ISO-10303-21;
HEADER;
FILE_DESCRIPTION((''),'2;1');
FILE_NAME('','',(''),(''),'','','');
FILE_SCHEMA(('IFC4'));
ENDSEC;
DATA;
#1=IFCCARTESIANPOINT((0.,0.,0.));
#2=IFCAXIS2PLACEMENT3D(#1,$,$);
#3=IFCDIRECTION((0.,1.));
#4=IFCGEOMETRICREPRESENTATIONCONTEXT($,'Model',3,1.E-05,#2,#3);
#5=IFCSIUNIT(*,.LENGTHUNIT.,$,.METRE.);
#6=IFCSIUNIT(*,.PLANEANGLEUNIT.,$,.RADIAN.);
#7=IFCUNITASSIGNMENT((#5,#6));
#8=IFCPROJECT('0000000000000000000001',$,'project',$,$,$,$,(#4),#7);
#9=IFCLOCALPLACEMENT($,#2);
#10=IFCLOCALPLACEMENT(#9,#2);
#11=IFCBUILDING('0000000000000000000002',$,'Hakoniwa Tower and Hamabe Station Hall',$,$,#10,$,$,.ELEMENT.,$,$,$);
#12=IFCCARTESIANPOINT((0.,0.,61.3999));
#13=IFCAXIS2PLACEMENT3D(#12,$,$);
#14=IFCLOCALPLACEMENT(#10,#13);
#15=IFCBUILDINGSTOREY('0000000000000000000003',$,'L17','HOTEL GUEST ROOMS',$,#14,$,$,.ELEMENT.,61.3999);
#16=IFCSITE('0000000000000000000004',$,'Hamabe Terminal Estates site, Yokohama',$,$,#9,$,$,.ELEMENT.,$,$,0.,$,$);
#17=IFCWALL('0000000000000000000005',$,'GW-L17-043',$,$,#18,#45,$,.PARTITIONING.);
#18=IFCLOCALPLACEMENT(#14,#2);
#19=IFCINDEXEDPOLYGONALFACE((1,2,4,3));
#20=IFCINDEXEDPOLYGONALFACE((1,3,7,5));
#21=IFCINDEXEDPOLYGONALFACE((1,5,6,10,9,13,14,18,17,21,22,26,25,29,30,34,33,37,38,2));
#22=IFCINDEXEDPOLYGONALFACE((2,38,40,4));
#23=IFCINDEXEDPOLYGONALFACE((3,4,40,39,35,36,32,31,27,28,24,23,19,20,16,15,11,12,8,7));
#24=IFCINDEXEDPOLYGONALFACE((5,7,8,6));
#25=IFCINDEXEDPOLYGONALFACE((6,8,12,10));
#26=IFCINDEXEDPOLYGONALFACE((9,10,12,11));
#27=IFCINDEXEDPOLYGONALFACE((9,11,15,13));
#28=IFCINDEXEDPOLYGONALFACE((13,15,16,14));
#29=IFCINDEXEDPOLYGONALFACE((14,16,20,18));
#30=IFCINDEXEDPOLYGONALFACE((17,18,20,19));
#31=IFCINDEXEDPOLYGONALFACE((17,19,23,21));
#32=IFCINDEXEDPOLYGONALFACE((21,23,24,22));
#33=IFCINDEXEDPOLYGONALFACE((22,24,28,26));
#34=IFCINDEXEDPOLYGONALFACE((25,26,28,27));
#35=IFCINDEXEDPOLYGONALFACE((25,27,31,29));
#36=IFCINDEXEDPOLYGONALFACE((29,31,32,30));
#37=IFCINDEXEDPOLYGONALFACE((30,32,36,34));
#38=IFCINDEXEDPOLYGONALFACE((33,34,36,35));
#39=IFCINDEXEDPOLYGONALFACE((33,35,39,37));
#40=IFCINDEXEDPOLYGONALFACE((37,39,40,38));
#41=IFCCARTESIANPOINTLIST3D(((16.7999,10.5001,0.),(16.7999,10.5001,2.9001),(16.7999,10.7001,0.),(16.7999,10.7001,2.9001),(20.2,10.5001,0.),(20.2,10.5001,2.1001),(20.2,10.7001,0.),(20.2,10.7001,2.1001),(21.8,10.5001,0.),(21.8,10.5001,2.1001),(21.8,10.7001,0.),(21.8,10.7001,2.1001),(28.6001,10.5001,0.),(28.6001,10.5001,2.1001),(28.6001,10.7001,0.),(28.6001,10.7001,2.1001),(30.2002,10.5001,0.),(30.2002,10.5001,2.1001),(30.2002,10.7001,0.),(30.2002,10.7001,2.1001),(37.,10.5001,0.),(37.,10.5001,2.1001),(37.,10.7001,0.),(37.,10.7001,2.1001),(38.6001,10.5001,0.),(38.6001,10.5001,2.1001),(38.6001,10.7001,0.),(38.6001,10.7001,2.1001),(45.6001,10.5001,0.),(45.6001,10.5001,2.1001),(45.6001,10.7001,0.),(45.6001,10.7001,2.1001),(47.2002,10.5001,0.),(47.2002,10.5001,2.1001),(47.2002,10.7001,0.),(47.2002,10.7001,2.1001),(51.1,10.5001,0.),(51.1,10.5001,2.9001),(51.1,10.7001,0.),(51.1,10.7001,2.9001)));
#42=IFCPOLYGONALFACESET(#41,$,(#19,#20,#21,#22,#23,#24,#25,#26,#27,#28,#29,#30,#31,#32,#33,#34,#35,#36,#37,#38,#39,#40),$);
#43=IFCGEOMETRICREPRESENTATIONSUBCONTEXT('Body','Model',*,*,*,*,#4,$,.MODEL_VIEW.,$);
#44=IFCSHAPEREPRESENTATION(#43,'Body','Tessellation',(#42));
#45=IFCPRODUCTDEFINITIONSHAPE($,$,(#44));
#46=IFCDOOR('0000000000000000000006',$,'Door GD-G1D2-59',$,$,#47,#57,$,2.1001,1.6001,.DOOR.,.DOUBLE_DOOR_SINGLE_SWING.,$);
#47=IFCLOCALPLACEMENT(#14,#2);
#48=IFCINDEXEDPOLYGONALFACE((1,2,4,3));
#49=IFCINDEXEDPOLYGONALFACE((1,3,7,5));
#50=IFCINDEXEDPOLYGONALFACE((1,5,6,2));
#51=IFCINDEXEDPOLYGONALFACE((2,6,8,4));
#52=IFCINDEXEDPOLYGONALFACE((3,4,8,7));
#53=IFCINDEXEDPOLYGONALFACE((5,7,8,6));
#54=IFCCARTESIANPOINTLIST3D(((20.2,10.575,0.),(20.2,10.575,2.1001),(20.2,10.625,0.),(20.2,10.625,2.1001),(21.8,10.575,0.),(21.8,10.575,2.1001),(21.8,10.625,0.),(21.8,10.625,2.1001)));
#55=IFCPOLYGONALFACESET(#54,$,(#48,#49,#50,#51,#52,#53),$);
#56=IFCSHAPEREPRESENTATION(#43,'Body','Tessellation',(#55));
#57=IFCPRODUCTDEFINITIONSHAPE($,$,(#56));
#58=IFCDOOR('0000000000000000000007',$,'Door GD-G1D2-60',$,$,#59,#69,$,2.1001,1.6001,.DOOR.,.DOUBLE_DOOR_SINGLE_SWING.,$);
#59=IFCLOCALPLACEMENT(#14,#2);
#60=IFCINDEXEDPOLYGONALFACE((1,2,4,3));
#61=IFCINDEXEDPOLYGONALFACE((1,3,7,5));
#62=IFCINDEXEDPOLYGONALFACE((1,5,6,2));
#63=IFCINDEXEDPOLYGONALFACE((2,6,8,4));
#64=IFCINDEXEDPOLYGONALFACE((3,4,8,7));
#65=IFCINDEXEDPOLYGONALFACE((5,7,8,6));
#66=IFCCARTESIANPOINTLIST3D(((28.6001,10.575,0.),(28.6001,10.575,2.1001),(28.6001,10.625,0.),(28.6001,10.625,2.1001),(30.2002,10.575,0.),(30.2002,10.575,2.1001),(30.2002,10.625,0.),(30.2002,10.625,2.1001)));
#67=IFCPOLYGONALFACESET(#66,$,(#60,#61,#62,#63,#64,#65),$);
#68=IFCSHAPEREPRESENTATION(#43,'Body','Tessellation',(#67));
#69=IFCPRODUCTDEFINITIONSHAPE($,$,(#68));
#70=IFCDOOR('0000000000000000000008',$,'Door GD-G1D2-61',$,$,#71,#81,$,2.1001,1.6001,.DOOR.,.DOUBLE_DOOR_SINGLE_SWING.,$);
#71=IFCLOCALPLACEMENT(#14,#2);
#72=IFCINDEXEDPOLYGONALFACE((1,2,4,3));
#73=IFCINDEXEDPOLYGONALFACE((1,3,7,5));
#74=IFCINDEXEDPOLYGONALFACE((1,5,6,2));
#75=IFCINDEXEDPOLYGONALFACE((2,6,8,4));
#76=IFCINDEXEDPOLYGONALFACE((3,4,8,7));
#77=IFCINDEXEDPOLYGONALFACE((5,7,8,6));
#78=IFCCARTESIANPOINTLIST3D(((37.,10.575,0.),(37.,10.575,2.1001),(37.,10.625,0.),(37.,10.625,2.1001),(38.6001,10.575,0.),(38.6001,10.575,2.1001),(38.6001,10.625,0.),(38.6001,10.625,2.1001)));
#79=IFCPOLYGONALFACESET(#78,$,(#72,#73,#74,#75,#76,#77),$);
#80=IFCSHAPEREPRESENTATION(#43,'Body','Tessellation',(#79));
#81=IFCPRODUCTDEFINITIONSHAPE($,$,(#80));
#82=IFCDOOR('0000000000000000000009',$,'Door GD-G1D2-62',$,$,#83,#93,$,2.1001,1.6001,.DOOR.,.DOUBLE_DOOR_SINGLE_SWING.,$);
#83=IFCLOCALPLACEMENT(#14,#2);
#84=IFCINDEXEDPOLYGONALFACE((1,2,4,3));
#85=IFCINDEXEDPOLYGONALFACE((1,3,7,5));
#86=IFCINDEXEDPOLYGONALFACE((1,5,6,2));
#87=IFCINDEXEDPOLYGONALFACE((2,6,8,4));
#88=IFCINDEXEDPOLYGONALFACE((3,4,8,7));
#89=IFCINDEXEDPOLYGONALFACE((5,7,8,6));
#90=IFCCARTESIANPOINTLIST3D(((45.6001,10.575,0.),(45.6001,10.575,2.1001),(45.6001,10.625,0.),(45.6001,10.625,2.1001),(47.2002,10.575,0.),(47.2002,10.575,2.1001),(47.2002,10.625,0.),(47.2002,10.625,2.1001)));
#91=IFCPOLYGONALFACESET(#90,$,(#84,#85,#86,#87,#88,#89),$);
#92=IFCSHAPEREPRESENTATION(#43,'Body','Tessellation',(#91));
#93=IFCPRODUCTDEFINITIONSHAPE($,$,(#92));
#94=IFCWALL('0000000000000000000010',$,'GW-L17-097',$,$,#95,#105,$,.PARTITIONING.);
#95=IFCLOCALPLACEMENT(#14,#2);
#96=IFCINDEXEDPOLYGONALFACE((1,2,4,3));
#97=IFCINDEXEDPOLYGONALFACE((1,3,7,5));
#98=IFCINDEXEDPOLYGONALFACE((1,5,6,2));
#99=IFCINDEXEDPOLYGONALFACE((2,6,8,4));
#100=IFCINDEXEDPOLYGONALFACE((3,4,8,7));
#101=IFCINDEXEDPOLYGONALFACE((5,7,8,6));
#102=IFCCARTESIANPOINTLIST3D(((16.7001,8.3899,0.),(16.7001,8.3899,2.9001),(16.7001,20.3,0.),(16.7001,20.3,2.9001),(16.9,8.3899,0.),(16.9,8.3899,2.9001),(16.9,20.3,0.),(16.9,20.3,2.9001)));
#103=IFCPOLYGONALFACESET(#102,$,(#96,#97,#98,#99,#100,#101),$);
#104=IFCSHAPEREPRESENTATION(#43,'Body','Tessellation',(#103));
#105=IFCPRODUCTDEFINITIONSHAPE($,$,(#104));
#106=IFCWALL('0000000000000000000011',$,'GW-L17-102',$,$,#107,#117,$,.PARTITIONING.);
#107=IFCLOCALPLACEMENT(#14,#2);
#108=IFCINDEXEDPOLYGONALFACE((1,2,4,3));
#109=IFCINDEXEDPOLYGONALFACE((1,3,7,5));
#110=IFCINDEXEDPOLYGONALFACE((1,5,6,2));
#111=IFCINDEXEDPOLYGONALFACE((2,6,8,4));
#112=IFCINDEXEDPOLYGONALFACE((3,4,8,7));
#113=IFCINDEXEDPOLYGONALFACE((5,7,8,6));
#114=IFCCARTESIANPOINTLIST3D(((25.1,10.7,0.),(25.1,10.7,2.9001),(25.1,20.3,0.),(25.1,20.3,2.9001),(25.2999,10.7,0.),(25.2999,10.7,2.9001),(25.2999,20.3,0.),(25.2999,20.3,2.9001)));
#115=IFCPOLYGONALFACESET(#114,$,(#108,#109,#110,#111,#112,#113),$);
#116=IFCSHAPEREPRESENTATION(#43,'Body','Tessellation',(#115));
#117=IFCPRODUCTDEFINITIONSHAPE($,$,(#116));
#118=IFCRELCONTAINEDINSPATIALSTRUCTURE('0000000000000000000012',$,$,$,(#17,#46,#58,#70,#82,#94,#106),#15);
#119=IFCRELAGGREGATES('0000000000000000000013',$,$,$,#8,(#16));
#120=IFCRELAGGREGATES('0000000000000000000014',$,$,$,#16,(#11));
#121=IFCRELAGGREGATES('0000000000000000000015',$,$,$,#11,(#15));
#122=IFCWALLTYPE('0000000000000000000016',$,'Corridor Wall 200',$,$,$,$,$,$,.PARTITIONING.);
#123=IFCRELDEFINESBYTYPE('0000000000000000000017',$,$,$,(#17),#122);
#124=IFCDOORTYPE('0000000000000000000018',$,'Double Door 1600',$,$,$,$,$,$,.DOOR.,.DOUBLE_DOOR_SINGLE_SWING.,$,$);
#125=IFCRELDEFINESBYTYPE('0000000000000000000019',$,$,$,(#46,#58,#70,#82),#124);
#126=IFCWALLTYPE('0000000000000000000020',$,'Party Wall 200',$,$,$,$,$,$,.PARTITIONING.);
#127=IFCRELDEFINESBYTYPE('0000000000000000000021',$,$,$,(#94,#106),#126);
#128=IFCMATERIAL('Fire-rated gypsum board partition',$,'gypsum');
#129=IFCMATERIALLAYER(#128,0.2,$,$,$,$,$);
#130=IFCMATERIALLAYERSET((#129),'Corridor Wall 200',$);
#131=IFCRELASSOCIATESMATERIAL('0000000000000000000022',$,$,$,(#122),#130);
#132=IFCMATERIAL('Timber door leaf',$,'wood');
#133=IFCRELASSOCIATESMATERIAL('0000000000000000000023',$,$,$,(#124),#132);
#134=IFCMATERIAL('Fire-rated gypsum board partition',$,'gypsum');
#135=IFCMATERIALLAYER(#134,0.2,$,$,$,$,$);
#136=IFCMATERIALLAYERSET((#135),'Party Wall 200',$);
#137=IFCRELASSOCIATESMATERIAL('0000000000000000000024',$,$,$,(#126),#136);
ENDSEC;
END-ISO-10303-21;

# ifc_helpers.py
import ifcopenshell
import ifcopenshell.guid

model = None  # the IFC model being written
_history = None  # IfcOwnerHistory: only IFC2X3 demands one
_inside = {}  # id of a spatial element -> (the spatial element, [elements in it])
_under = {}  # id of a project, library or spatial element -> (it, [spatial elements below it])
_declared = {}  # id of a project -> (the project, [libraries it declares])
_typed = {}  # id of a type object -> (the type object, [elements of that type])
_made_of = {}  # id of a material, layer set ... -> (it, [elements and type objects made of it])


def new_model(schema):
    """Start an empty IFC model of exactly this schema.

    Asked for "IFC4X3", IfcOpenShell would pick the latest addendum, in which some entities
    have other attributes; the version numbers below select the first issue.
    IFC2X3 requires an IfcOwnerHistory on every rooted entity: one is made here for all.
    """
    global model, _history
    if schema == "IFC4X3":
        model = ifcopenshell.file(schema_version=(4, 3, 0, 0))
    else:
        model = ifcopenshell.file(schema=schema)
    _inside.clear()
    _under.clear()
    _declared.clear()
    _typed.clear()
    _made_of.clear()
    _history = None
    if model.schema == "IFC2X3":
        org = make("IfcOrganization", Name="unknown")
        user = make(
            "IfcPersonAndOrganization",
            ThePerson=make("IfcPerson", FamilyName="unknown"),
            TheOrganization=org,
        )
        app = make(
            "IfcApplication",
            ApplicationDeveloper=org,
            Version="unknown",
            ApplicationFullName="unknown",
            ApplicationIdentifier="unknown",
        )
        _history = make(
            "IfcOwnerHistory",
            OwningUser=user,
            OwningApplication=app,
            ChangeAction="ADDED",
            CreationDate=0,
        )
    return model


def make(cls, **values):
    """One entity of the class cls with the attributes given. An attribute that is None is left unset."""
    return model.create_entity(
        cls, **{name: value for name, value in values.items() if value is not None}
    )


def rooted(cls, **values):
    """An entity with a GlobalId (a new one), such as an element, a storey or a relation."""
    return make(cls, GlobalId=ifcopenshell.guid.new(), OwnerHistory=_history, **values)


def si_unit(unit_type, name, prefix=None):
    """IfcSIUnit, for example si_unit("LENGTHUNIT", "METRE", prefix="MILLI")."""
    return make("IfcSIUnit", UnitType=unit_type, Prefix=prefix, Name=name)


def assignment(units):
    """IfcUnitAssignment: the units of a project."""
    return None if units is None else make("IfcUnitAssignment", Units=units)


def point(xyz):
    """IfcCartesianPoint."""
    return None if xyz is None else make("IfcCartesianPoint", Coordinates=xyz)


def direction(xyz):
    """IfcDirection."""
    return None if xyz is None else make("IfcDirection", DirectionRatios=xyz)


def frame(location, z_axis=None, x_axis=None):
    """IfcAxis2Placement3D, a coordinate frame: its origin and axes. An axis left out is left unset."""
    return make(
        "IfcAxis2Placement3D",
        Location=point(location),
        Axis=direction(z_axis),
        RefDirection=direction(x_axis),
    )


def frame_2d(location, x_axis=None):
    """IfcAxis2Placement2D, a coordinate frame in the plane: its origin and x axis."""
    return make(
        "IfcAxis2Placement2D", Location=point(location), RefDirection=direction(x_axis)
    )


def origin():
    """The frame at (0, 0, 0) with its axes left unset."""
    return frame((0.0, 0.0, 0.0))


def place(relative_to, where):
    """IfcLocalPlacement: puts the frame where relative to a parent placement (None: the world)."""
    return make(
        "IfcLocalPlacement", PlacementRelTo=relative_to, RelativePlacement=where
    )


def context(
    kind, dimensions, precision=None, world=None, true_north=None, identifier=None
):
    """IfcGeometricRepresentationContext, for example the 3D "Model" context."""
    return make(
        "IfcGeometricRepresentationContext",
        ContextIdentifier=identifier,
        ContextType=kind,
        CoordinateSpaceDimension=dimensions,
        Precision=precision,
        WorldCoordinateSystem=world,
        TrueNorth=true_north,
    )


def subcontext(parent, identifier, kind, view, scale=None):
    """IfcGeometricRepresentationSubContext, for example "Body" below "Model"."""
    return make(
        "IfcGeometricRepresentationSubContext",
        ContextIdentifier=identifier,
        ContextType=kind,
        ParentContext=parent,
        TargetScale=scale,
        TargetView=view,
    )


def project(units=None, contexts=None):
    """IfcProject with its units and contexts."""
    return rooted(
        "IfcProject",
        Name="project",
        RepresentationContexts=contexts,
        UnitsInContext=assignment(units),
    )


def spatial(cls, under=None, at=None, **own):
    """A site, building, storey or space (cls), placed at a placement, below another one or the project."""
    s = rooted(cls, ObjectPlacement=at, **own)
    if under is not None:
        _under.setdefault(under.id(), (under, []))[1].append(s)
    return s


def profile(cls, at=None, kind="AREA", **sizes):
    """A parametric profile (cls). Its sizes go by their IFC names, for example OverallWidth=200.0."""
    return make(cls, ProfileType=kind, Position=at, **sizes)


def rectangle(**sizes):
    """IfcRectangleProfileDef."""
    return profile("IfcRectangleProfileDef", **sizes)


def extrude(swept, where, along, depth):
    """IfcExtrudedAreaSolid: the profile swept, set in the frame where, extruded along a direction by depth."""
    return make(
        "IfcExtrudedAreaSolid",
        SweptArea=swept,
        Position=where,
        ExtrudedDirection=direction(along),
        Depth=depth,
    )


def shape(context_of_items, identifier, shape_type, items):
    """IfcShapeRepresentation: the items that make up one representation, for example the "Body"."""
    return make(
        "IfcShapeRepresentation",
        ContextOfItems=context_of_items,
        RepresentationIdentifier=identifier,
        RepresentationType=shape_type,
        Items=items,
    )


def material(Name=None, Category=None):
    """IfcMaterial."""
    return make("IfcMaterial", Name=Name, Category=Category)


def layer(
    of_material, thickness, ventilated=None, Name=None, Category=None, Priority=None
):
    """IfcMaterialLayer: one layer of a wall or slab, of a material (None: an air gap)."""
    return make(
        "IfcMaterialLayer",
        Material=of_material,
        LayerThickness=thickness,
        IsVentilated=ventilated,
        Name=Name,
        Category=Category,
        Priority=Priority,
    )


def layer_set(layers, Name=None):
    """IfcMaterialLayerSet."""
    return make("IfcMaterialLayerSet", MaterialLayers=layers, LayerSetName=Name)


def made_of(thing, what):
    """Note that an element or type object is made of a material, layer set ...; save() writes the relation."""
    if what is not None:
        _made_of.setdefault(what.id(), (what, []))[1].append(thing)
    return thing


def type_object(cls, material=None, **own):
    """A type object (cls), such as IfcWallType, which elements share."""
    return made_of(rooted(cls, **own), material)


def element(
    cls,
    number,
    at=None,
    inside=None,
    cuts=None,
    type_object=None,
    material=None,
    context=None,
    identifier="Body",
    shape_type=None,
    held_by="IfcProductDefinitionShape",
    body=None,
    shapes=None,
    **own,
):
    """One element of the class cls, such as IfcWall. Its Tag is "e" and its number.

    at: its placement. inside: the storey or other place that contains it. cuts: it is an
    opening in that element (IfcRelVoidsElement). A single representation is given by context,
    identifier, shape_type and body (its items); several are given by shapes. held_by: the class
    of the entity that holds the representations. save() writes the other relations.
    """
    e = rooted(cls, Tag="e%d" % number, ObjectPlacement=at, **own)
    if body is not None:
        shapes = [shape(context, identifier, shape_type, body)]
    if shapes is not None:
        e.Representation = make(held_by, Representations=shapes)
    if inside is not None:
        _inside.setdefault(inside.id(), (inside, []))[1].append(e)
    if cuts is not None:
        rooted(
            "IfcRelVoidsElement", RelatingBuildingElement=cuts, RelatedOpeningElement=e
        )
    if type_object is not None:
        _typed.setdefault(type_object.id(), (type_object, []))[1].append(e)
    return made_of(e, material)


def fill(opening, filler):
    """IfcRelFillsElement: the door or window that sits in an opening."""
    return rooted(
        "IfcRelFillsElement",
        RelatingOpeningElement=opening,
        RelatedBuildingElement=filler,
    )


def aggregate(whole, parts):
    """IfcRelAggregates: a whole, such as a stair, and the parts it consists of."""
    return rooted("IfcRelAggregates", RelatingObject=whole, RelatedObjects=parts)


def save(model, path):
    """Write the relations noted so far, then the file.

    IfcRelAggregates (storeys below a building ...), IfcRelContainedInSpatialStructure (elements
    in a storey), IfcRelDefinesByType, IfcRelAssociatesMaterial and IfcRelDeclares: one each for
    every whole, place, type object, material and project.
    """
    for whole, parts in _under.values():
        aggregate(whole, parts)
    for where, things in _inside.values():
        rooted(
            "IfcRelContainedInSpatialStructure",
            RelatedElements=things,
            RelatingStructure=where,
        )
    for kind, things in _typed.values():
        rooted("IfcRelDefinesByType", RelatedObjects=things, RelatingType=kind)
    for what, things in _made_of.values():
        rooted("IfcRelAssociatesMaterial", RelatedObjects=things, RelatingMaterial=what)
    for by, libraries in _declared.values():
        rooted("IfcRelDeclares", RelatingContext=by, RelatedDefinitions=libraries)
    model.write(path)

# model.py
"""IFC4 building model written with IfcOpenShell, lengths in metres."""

from ifc_helpers import new_model, si_unit, direction, frame, frame_2d, origin, place, context, subcontext, project, spatial, rectangle, extrude, material, layer, layer_set, type_object, element, fill, save


model = new_model("IFC4")

# Units and contexts
model_context = context("Model", 3, precision=1e-05, world=origin(), true_north=direction((0.0, 1.0)))
body_context = subcontext(model_context, "Body", "Model", "MODEL_VIEW")
ifc_project = project(units=[si_unit("LENGTHUNIT", "METRE"), si_unit("PLANEANGLEUNIT", "RADIAN")], contexts=[model_context])

# Site, building, storey
site_placement = place(None, origin())
site = spatial("IfcSite", under=ifc_project, at=site_placement, Name="Hamabe Terminal Estates site, Yokohama", CompositionType="ELEMENT", RefElevation=0.0)
building_placement = place(site_placement, origin())
building = spatial("IfcBuilding", under=site, at=building_placement, Name="Hakoniwa Tower and Hamabe Station Hall", CompositionType="ELEMENT")
storey_placement = place(building_placement, frame((0.0, 0.0, 61.3999)))
storey = spatial("IfcBuildingStorey", under=building, at=storey_placement, Name="L17", Description="HOTEL GUEST ROOMS", CompositionType="ELEMENT", Elevation=61.3999)

# Wall, openings, doors
ifc_material_1 = material(Name="Fire-rated gypsum board partition", Category="gypsum")
ifc_layer_1 = layer(ifc_material_1, 0.2)
ifc_layer_set_1 = layer_set([ifc_layer_1], Name="Corridor Wall 200")
wall_type_1 = type_object("IfcWallType", Name="Corridor Wall 200", PredefinedType="PARTITIONING", material=ifc_layer_set_1)
wall_1_placement = place(storey_placement, frame((16.8, 10.6001, 0.0), z_axis=(0.0, 0.0, 1.0), x_axis=(1.0, 0.0, 0.0)))
wall_1 = element("IfcWall", 1, at=wall_1_placement, inside=storey, type_object=wall_type_1, Name="GW-L17-043", PredefinedType="PARTITIONING", context=body_context, shape_type="SweptSolid", body=[
    extrude(rectangle(XDim=34.3, YDim=0.2, at=frame_2d((17.1499, 0.0))), origin(), (0.0, 0.0, 1.0), 2.9001),
])
opening_1_placement = place(wall_1_placement, frame((3.3999, 0.0, 0.0)))
opening_1 = element("IfcOpeningElement", 2, at=opening_1_placement, cuts=wall_1, PredefinedType="OPENING", context=body_context, shape_type="SweptSolid", body=[
    extrude(rectangle(XDim=1.6001, YDim=2.1001, at=frame_2d((0.8, 1.05))), frame((0.0, 0.1099, 0.0), z_axis=(0.0, -1.0, 0.0), x_axis=(1.0, 0.0, 0.0)), (0.0, 0.0, 1.0), 0.22),
])
opening_2_placement = place(wall_1_placement, frame((11.8, 0.0, 0.0)))
opening_2 = element("IfcOpeningElement", 3, at=opening_2_placement, cuts=wall_1, PredefinedType="OPENING", context=body_context, shape_type="SweptSolid", body=[
    extrude(rectangle(XDim=1.6001, YDim=2.1001, at=frame_2d((0.8, 1.05))), frame((0.0, 0.1099, 0.0), z_axis=(0.0, -1.0, 0.0), x_axis=(1.0, 0.0, 0.0)), (0.0, 0.0, 1.0), 0.22),
])
opening_3_placement = place(wall_1_placement, frame((20.2, 0.0, 0.0)))
opening_3 = element("IfcOpeningElement", 4, at=opening_3_placement, cuts=wall_1, PredefinedType="OPENING", context=body_context, shape_type="SweptSolid", body=[
    extrude(rectangle(XDim=1.6001, YDim=2.1001, at=frame_2d((0.8, 1.05))), frame((0.0, 0.1099, 0.0), z_axis=(0.0, -1.0, 0.0), x_axis=(1.0, 0.0, 0.0)), (0.0, 0.0, 1.0), 0.22),
])
opening_4_placement = place(wall_1_placement, frame((28.8, 0.0, 0.0)))
opening_4 = element("IfcOpeningElement", 5, at=opening_4_placement, cuts=wall_1, PredefinedType="OPENING", context=body_context, shape_type="SweptSolid", body=[
    extrude(rectangle(XDim=1.6001, YDim=2.1001, at=frame_2d((0.8, 1.05))), frame((0.0, 0.1099, 0.0), z_axis=(0.0, -1.0, 0.0), x_axis=(1.0, 0.0, 0.0)), (0.0, 0.0, 1.0), 0.22),
])
ifc_material_2 = material(Name="Timber door leaf", Category="wood")
door_type_1 = type_object("IfcDoorType", Name="Double Door 1600", OperationType="DOUBLE_DOOR_SINGLE_SWING", PredefinedType="DOOR", material=ifc_material_2)
door_1_placement = place(opening_1_placement, origin())
door_1 = element("IfcDoor", 6, at=door_1_placement, inside=storey, type_object=door_type_1, Name="Door GD-G1D2-59", OperationType="DOUBLE_DOOR_SINGLE_SWING", OverallHeight=2.1001, OverallWidth=1.6001, PredefinedType="DOOR", context=body_context, shape_type="SweptSolid", body=[
    extrude(rectangle(XDim=1.6001, YDim=2.1001, at=frame_2d((0.8, 1.05))), frame((0.0, 0.0249, 0.0), z_axis=(0.0, -1.0, 0.0), x_axis=(1.0, 0.0, 0.0)), (0.0, 0.0, 1.0), 0.05),
])
fill(opening_1, door_1)
door_2_placement = place(opening_2_placement, origin())
door_2 = element("IfcDoor", 7, at=door_2_placement, inside=storey, type_object=door_type_1, Name="Door GD-G1D2-60", OperationType="DOUBLE_DOOR_SINGLE_SWING", OverallHeight=2.1001, OverallWidth=1.6001, PredefinedType="DOOR", context=body_context, shape_type="SweptSolid", body=[
    extrude(rectangle(XDim=1.6001, YDim=2.1001, at=frame_2d((0.8, 1.05))), frame((0.0, 0.0249, 0.0), z_axis=(0.0, -1.0, 0.0), x_axis=(1.0, 0.0, 0.0)), (0.0, 0.0, 1.0), 0.05),
])
fill(opening_2, door_2)
door_3_placement = place(opening_3_placement, origin())
door_3 = element("IfcDoor", 8, at=door_3_placement, inside=storey, type_object=door_type_1, Name="Door GD-G1D2-61", OperationType="DOUBLE_DOOR_SINGLE_SWING", OverallHeight=2.1001, OverallWidth=1.6001, PredefinedType="DOOR", context=body_context, shape_type="SweptSolid", body=[
    extrude(rectangle(XDim=1.6001, YDim=2.1001, at=frame_2d((0.8, 1.05))), frame((0.0, 0.0249, 0.0), z_axis=(0.0, -1.0, 0.0), x_axis=(1.0, 0.0, 0.0)), (0.0, 0.0, 1.0), 0.05),
])
fill(opening_3, door_3)
door_4_placement = place(opening_4_placement, origin())
door_4 = element("IfcDoor", 9, at=door_4_placement, inside=storey, type_object=door_type_1, Name="Door GD-G1D2-62", OperationType="DOUBLE_DOOR_SINGLE_SWING", OverallHeight=2.1001, OverallWidth=1.6001, PredefinedType="DOOR", context=body_context, shape_type="SweptSolid", body=[
    extrude(rectangle(XDim=1.6001, YDim=2.1001, at=frame_2d((0.8, 1.05))), frame((0.0, 0.0249, 0.0), z_axis=(0.0, -1.0, 0.0), x_axis=(1.0, 0.0, 0.0)), (0.0, 0.0, 1.0), 0.05),
])
fill(opening_4, door_4)

# Walls
ifc_material_3 = material(Name="Fire-rated gypsum board partition", Category="gypsum")
ifc_layer_2 = layer(ifc_material_3, 0.2)
ifc_layer_set_2 = layer_set([ifc_layer_2], Name="Party Wall 200")
wall_type_2 = type_object("IfcWallType", Name="Party Wall 200", PredefinedType="PARTITIONING", material=ifc_layer_set_2)
wall_2_placement = place(storey_placement, frame((16.8, 8.3899, 0.0), z_axis=(0.0, 0.0, 1.0), x_axis=(0.0, 1.0, 0.0)))
element("IfcWall", 10, at=wall_2_placement, inside=storey, type_object=wall_type_2, Name="GW-L17-097", PredefinedType="PARTITIONING", context=body_context, shape_type="SweptSolid", body=[
    extrude(rectangle(XDim=11.9102, YDim=0.2, at=frame_2d((5.9551, 0.0))), origin(), (0.0, 0.0, 1.0), 2.9001),
])
wall_3_placement = place(storey_placement, frame((25.2, 10.7, 0.0), z_axis=(0.0, 0.0, 1.0), x_axis=(0.0, 1.0, 0.0)))
element("IfcWall", 11, at=wall_3_placement, inside=storey, type_object=wall_type_2, Name="GW-L17-102", PredefinedType="PARTITIONING", context=body_context, shape_type="SweptSolid", body=[
    extrude(rectangle(XDim=9.6001, YDim=0.2, at=frame_2d((4.8, 0.0))), origin(), (0.0, 0.0, 1.0), 2.9001),
])

save(model, "model.ifc")
